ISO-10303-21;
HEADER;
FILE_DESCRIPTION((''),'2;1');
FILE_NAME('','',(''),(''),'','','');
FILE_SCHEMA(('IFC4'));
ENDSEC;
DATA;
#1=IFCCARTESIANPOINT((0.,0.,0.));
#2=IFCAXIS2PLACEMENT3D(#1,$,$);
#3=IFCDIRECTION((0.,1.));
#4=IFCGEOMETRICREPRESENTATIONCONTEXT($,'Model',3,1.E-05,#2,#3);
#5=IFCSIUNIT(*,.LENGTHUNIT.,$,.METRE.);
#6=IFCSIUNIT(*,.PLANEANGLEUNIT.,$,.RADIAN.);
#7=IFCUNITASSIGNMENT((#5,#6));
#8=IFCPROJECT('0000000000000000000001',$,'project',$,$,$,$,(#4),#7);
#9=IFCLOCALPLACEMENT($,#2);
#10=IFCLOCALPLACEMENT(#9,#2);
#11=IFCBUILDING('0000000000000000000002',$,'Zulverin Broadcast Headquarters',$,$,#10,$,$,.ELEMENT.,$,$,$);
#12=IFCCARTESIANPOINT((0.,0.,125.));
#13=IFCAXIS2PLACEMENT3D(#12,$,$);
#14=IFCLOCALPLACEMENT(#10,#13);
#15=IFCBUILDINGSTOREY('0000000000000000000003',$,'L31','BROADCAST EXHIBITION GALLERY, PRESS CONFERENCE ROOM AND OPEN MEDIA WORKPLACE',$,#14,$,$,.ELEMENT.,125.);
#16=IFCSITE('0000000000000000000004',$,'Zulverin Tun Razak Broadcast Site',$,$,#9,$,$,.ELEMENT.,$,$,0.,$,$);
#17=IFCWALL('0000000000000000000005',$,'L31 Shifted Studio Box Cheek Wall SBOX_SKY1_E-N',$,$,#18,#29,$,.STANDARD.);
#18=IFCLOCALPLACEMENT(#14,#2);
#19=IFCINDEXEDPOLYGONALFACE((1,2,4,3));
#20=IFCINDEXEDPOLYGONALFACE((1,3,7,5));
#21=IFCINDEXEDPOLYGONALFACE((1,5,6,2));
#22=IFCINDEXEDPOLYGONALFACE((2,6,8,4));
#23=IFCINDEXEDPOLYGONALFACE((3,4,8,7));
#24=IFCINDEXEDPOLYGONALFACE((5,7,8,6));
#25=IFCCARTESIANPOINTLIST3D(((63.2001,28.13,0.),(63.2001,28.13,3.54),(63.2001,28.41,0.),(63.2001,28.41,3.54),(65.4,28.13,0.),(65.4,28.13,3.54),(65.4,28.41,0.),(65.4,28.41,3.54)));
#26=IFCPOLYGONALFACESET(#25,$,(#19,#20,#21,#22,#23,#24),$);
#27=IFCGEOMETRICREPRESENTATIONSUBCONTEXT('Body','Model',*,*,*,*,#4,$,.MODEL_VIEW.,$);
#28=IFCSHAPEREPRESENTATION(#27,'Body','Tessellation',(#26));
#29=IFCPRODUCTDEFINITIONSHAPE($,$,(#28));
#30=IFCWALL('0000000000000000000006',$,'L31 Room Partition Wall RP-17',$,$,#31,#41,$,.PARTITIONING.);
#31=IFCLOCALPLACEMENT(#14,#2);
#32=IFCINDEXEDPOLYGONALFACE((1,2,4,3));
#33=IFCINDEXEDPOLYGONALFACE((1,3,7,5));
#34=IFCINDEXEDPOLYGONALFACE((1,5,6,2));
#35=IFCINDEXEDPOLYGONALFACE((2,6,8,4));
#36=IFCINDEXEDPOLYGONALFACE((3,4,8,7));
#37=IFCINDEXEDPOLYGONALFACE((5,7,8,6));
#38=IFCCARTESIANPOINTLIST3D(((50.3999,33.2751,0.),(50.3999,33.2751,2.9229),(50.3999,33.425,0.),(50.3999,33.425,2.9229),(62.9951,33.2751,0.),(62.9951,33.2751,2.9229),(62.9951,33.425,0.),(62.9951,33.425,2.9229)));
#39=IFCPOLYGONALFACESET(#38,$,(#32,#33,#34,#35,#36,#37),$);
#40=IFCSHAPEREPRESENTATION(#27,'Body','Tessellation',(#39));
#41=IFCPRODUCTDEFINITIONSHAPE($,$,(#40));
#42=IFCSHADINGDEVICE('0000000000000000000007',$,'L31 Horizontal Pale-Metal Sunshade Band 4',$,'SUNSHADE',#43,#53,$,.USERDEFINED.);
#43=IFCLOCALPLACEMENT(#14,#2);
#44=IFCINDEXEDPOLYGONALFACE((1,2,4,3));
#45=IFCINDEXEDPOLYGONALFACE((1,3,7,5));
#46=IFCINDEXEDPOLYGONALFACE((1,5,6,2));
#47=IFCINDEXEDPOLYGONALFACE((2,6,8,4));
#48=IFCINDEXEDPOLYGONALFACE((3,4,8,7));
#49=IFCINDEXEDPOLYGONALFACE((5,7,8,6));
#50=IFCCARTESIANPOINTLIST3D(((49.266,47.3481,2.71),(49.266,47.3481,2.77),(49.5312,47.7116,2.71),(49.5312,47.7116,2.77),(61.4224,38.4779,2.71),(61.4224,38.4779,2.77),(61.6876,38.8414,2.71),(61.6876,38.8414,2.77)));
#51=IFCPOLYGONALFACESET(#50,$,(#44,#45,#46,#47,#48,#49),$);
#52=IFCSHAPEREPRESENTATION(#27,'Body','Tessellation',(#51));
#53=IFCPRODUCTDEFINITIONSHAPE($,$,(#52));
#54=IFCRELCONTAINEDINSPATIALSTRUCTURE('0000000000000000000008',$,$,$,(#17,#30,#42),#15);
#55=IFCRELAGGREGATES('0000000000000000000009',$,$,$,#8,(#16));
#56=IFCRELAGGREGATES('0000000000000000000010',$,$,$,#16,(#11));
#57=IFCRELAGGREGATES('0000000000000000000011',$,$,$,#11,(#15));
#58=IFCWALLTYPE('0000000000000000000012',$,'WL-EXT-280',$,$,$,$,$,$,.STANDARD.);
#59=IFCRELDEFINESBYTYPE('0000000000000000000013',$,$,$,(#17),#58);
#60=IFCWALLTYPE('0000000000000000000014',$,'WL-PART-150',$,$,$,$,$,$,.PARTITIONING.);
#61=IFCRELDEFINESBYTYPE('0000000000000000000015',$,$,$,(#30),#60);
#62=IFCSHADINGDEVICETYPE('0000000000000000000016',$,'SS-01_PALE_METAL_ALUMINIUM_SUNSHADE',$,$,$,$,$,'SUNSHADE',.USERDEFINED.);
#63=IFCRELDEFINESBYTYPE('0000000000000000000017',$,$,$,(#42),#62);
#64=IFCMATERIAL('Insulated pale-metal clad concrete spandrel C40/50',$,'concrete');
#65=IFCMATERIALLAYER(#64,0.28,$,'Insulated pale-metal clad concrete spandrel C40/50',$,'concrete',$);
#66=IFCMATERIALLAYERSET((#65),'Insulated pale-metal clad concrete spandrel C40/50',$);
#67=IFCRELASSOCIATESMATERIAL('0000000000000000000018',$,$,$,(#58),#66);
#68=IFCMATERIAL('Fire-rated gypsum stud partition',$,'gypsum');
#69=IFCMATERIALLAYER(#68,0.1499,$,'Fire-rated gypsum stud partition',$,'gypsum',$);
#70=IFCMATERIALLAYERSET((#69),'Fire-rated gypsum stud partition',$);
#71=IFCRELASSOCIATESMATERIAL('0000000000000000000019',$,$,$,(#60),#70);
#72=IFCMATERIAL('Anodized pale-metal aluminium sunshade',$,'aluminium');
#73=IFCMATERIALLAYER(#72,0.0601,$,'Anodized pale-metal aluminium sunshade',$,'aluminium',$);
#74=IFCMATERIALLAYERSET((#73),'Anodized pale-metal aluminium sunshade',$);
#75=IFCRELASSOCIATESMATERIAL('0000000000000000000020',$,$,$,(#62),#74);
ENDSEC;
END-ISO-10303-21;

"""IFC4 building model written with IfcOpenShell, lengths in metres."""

from ifc_helpers import new_model, si_unit, direction, frame, frame_2d, origin, origin_2d, place, context, subcontext, project, spatial, rectangle, extrude, material, layer, layer_set, type_object, element, save


model = new_model("IFC4")

# Units and contexts
model_context = context("Model", 3, precision=1e-05, world=origin(), true_north=direction((0.0, 1.0)))
body_context = subcontext(model_context, "Body", "Model", "MODEL_VIEW")
ifc_project = project(units=[si_unit("LENGTHUNIT", "METRE"), si_unit("PLANEANGLEUNIT", "RADIAN")], contexts=[model_context])

# Site, building, storey
site_placement = place(None, origin())
site = spatial("IfcSite", under=ifc_project, at=site_placement, Name="Zulverin Tun Razak Broadcast Site", CompositionType="ELEMENT", RefElevation=0.0)
building_placement = place(site_placement, origin())
building = spatial("IfcBuilding", under=site, at=building_placement, Name="Zulverin Broadcast Headquarters", CompositionType="ELEMENT")
storey_placement = place(building_placement, frame((0.0, 0.0, 125.0)))
storey = spatial("IfcBuildingStorey", under=building, at=storey_placement, Name="L31", Description="BROADCAST EXHIBITION GALLERY, PRESS CONFERENCE ROOM AND OPEN MEDIA WORKPLACE", CompositionType="ELEMENT", Elevation=125.0)

# Shared definitions
ifc_material_1 = material(Name="Insulated pale-metal clad concrete spandrel C40/50", Category="concrete")
ifc_layer_1 = layer(ifc_material_1, 0.28, Name="Insulated pale-metal clad concrete spandrel C40/50", Category="concrete")
ifc_layer_set_1 = layer_set([ifc_layer_1], Name="Insulated pale-metal clad concrete spandrel C40/50")
wall_type_1 = type_object("IfcWallType", Name="WL-EXT-280", PredefinedType="STANDARD", material=ifc_layer_set_1)

# Walls
wall_1_placement = place(storey_placement, frame((63.2, 28.27, 0.0), z_axis=(0.0, 0.0, 1.0), x_axis=(1.0, 0.0, 0.0)))
element("IfcWall", 1, at=wall_1_placement, inside=storey, type_object=wall_type_1, Name="L31 Shifted Studio Box Cheek Wall SBOX_SKY1_E-N", PredefinedType="STANDARD", context=body_context, shape_type="SweptSolid", body=[
    extrude(rectangle(XDim=2.2, YDim=0.28, at=frame_2d((1.1001, 0.0))), origin(), (0.0, 0.0, 1.0), 3.54),
])
ifc_material_2 = material(Name="Fire-rated gypsum stud partition", Category="gypsum")
ifc_layer_2 = layer(ifc_material_2, 0.1499, Name="Fire-rated gypsum stud partition", Category="gypsum")
ifc_layer_set_2 = layer_set([ifc_layer_2], Name="Fire-rated gypsum stud partition")
wall_type_2 = type_object("IfcWallType", Name="WL-PART-150", PredefinedType="PARTITIONING", material=ifc_layer_set_2)
wall_2_placement = place(storey_placement, frame((50.3999, 33.3501, 0.0), z_axis=(0.0, 0.0, 1.0), x_axis=(1.0, 0.0, 0.0)))
element("IfcWall", 2, at=wall_2_placement, inside=storey, type_object=wall_type_2, Name="L31 Room Partition Wall RP-17", PredefinedType="PARTITIONING", context=body_context, shape_type="SweptSolid", body=[
    extrude(rectangle(XDim=12.5952, YDim=0.1499, at=frame_2d((6.2976, 0.0))), origin(), (0.0, 0.0, 1.0), 2.9229),
])

# Shading device
ifc_material_3 = material(Name="Anodized pale-metal aluminium sunshade", Category="aluminium")
ifc_layer_3 = layer(ifc_material_3, 0.0601, Name="Anodized pale-metal aluminium sunshade", Category="aluminium")
ifc_layer_set_3 = layer_set([ifc_layer_3], Name="Anodized pale-metal aluminium sunshade")
shading_device_type = type_object("IfcShadingDeviceType", Name="SS-01_PALE_METAL_ALUMINIUM_SUNSHADE", ElementType="SUNSHADE", PredefinedType="USERDEFINED", material=ifc_layer_set_3)
shading_device_placement = place(storey_placement, frame((55.4768, 43.0947, 2.71), z_axis=(0.0, 0.0, 1.0), x_axis=(-0.807814, 0.589437, 0.0)))
element("IfcShadingDevice", 3, at=shading_device_placement, inside=storey, type_object=shading_device_type, Name="L31 Horizontal Pale-Metal Sunshade Band 4", ObjectType="SUNSHADE", PredefinedType="USERDEFINED", context=body_context, shape_type="SweptSolid", body=[
    extrude(rectangle(XDim=15.0486, YDim=0.45, at=origin_2d()), origin(), (0.0, 0.0, 1.0), 0.0601),
])

save(model, "model.ifc")
